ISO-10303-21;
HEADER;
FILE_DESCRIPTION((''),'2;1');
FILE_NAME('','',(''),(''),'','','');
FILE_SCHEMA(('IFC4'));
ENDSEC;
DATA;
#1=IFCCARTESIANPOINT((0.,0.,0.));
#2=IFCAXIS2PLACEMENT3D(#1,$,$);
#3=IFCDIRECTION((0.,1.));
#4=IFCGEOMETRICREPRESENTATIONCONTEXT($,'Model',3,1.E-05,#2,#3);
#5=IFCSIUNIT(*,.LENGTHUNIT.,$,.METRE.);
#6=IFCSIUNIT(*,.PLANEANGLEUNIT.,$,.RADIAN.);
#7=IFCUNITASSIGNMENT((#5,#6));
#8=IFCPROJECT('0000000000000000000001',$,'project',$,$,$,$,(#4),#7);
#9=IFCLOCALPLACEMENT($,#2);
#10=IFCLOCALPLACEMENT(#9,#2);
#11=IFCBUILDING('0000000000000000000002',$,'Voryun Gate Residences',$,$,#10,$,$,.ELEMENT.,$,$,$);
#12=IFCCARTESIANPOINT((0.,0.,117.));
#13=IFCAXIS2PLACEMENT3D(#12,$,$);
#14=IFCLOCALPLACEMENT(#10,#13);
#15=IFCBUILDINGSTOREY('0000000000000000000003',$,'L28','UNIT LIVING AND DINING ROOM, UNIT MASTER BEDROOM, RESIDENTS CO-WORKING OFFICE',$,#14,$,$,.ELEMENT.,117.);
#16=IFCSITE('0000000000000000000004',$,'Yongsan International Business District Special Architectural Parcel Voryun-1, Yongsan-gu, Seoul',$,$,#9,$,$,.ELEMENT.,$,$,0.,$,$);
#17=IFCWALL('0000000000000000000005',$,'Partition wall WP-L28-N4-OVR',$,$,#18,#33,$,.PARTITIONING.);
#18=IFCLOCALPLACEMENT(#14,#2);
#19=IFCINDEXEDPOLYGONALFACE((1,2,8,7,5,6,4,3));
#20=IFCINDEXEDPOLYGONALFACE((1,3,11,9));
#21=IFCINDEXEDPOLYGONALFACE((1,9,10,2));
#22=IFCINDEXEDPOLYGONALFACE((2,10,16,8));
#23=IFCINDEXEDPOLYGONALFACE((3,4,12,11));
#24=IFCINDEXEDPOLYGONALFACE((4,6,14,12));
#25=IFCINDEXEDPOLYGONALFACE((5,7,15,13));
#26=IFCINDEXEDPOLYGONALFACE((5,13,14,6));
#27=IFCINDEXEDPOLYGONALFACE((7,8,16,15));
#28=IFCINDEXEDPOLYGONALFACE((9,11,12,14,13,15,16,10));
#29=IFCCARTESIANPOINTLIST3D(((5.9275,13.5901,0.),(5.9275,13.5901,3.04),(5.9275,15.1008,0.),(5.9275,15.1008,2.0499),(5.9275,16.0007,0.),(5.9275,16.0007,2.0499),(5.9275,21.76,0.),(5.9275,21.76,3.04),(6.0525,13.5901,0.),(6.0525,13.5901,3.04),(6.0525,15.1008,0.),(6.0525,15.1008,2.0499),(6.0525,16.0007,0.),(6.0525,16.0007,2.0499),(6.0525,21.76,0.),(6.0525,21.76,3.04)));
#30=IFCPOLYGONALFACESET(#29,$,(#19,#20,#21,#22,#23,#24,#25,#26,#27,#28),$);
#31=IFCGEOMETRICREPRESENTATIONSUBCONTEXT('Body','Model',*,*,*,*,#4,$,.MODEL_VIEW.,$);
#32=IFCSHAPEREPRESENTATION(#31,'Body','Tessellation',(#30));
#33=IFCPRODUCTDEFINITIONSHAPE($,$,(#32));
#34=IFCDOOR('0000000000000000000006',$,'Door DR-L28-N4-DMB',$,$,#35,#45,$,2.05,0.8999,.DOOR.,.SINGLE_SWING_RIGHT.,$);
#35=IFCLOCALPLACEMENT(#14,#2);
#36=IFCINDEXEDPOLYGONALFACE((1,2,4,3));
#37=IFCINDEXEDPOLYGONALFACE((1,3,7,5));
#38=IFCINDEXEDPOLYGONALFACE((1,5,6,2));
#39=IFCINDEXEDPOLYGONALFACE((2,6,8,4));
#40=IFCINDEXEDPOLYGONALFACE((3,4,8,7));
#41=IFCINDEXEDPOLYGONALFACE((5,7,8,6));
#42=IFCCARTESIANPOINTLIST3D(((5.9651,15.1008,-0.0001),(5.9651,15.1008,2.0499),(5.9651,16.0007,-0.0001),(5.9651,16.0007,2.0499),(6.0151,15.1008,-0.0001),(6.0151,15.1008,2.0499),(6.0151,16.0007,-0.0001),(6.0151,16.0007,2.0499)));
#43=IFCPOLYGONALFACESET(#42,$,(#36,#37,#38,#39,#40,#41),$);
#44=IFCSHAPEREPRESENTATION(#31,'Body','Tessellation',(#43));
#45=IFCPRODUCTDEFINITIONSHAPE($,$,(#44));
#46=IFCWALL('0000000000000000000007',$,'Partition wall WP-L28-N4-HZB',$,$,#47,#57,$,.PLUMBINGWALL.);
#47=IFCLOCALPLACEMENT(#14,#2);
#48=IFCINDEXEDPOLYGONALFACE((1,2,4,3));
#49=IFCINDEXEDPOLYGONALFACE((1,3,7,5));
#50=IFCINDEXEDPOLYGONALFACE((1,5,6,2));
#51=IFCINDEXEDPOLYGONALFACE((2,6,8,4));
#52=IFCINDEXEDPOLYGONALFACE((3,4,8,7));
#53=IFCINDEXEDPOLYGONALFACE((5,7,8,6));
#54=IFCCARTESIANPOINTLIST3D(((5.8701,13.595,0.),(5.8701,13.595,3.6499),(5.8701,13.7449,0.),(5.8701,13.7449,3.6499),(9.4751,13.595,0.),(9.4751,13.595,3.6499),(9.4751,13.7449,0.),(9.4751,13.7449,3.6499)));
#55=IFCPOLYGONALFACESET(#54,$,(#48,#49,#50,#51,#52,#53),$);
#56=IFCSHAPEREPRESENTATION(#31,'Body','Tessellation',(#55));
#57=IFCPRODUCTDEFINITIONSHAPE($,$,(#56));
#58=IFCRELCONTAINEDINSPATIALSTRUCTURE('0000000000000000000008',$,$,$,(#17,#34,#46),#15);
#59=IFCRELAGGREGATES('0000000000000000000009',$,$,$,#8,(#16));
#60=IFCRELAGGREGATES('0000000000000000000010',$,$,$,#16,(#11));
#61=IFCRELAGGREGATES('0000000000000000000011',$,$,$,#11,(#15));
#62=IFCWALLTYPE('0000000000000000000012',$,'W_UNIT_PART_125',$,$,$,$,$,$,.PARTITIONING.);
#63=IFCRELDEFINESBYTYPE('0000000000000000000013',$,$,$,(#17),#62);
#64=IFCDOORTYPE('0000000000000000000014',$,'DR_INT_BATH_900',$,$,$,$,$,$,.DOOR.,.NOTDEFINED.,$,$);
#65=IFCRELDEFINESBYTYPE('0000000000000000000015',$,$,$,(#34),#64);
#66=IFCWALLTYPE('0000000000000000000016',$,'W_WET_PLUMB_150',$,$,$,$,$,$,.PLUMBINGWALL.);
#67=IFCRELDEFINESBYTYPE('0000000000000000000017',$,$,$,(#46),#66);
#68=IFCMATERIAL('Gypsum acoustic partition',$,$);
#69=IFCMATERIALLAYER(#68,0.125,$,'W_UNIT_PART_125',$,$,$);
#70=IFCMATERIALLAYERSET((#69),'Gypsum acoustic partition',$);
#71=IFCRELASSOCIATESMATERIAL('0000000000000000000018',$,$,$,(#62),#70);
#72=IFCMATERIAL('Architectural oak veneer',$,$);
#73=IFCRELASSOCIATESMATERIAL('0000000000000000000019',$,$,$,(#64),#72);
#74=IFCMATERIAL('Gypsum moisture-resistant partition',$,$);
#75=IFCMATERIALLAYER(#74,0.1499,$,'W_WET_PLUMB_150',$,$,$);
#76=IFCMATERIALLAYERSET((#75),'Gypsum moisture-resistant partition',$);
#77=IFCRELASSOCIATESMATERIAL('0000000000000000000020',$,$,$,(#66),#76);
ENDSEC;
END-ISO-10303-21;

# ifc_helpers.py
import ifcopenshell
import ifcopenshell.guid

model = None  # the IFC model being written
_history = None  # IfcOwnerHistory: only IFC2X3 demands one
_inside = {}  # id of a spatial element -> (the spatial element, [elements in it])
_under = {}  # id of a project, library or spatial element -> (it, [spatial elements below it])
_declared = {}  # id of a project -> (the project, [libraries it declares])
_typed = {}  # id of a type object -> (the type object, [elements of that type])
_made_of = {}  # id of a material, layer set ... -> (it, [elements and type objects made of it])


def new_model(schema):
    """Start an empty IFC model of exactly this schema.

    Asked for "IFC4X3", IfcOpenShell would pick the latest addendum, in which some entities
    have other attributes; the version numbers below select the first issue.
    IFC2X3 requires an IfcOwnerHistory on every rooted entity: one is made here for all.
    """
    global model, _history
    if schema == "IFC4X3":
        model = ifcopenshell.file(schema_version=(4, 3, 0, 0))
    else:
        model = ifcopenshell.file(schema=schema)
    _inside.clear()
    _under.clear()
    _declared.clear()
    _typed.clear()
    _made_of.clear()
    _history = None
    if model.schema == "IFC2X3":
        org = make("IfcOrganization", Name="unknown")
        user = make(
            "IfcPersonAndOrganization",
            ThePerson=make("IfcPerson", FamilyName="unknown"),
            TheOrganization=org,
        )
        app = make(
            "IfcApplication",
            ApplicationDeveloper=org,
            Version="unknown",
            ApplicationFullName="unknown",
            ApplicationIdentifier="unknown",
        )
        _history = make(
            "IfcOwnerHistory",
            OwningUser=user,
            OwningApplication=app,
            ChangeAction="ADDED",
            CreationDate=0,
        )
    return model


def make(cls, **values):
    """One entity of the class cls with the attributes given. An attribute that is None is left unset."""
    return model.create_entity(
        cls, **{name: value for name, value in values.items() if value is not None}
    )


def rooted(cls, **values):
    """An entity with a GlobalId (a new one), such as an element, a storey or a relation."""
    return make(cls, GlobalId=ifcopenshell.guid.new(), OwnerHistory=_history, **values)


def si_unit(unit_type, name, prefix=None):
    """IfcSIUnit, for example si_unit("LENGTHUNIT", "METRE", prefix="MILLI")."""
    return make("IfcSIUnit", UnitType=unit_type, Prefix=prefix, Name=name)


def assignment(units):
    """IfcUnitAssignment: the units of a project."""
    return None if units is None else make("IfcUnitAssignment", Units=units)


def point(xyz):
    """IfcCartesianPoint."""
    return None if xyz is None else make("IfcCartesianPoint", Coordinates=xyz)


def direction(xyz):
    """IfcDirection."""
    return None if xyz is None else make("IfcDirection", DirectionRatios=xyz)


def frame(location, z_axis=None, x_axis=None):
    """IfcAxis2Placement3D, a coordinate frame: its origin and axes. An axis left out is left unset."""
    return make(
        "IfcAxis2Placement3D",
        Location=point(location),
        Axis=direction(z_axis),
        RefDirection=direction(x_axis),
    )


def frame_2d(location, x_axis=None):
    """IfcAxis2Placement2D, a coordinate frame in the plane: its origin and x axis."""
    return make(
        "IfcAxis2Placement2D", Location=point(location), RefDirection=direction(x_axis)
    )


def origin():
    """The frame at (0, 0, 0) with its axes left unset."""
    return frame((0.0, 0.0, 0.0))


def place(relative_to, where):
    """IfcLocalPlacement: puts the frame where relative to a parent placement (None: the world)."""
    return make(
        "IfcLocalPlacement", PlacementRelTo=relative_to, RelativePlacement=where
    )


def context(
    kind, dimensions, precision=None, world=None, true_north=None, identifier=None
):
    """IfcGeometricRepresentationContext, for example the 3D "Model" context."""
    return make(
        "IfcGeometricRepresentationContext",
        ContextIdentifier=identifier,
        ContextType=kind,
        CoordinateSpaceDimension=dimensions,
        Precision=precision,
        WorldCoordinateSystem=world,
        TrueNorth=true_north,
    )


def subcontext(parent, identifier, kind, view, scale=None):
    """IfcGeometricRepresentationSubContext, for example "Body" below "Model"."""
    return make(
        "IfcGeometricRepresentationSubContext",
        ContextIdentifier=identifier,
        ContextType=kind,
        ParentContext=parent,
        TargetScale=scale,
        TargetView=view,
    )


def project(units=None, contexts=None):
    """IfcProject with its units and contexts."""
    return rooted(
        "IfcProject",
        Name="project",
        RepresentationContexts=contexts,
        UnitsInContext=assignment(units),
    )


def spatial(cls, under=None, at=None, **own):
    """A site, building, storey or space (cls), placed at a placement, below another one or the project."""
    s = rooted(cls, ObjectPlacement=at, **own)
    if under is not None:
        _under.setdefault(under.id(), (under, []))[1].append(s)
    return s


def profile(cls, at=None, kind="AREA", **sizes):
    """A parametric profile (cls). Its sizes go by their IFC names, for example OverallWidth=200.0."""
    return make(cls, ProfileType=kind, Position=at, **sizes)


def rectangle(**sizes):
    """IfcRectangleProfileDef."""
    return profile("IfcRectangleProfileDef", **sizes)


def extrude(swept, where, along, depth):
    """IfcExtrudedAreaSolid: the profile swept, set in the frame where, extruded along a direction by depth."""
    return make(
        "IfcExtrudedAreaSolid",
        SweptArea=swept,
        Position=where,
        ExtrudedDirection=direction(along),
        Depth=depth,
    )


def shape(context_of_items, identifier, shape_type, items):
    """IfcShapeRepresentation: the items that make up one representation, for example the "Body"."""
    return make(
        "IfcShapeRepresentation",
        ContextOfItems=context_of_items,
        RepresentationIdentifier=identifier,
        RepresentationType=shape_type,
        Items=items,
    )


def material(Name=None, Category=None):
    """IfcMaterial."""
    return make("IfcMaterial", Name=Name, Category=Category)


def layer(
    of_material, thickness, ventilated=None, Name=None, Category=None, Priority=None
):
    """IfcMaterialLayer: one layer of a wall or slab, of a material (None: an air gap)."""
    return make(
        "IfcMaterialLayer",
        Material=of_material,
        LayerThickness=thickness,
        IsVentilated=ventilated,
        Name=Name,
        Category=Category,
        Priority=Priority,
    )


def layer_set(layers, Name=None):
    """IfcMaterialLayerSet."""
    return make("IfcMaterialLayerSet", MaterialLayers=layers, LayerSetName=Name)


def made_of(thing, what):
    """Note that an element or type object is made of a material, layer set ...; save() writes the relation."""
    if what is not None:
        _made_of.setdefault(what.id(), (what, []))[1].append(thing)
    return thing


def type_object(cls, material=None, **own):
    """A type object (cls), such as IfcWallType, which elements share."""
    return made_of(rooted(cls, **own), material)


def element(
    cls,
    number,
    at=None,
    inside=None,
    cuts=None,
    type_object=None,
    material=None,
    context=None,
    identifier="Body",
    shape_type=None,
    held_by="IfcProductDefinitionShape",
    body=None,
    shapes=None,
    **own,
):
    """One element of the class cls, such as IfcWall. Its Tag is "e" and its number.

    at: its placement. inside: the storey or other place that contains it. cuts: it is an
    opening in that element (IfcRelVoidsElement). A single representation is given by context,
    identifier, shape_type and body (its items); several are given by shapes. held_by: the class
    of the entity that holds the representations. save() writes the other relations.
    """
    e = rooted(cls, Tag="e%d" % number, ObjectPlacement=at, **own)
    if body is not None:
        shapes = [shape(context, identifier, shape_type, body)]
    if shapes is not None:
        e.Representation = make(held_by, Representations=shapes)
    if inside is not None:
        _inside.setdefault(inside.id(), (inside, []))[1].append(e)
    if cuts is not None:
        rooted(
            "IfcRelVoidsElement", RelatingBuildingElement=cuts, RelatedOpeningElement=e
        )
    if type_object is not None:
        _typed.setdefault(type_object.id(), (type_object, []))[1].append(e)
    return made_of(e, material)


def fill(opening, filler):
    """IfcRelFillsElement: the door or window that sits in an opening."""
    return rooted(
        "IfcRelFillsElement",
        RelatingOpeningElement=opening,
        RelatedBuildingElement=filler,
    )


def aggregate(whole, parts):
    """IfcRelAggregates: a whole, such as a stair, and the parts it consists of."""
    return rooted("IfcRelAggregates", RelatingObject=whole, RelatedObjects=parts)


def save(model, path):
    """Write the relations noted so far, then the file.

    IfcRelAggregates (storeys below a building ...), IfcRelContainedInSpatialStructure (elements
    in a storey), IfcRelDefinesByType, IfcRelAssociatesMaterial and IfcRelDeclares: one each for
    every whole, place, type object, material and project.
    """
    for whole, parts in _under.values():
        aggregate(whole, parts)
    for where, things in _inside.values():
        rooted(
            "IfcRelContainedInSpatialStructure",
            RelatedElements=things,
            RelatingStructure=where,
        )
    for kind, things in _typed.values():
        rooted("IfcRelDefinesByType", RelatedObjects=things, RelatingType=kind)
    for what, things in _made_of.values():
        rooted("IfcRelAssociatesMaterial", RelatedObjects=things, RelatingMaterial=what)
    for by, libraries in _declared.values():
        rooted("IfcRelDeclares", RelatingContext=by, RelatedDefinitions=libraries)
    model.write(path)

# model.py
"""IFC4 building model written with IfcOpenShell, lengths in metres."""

from ifc_helpers import new_model, si_unit, direction, frame, frame_2d, origin, place, context, subcontext, project, spatial, rectangle, extrude, material, layer, layer_set, type_object, element, fill, save


model = new_model("IFC4")

# Units and contexts
model_context = context("Model", 3, precision=1e-05, world=origin(), true_north=direction((0.0, 1.0)))
body_context = subcontext(model_context, "Body", "Model", "MODEL_VIEW")
ifc_project = project(units=[si_unit("LENGTHUNIT", "METRE"), si_unit("PLANEANGLEUNIT", "RADIAN")], contexts=[model_context])

# Site, building, storey
site_placement = place(None, origin())
site = spatial("IfcSite", under=ifc_project, at=site_placement, Name="Yongsan International Business District Special Architectural Parcel Voryun-1, Yongsan-gu, Seoul", CompositionType="ELEMENT", RefElevation=0.0)
building_placement = place(site_placement, origin())
building = spatial("IfcBuilding", under=site, at=building_placement, Name="Voryun Gate Residences", CompositionType="ELEMENT")
storey_placement = place(building_placement, frame((0.0, 0.0, 117.0)))
storey = spatial("IfcBuildingStorey", under=building, at=storey_placement, Name="L28", Description="UNIT LIVING AND DINING ROOM, UNIT MASTER BEDROOM, RESIDENTS CO-WORKING OFFICE", CompositionType="ELEMENT", Elevation=117.0)

# Wall, opening, door
ifc_material_1 = material(Name="Gypsum acoustic partition")
ifc_layer_1 = layer(ifc_material_1, 0.125, Name="W_UNIT_PART_125")
ifc_layer_set_1 = layer_set([ifc_layer_1], Name="Gypsum acoustic partition")
wall_type_1 = type_object("IfcWallType", Name="W_UNIT_PART_125", PredefinedType="PARTITIONING", material=ifc_layer_set_1)
wall_1_placement = place(storey_placement, frame((5.99, 13.5901, 0.0), z_axis=(0.0, 0.0, 1.0), x_axis=(0.0, 1.0, 0.0)))
wall_1 = element("IfcWall", 1, at=wall_1_placement, inside=storey, type_object=wall_type_1, Name="Partition wall WP-L28-N4-OVR", PredefinedType="PARTITIONING", context=body_context, shape_type="SweptSolid", body=[
    extrude(rectangle(XDim=8.1699, YDim=0.125, at=frame_2d((4.085, 0.0))), origin(), (0.0, 0.0, 1.0), 3.04),
])
opening_placement = place(wall_1_placement, frame((1.5107, 0.0, 0.0)))
opening = element("IfcOpeningElement", 2, at=opening_placement, cuts=wall_1, PredefinedType="OPENING", context=body_context, shape_type="SweptSolid", body=[
    extrude(rectangle(XDim=0.8999, YDim=2.05, at=frame_2d((0.45, 1.0249))), frame((0.0, 0.0725, 0.0), z_axis=(0.0, -1.0, 0.0), x_axis=(1.0, 0.0, 0.0)), (0.0, 0.0, 1.0), 0.145),
])
ifc_material_2 = material(Name="Architectural oak veneer")
door_type = type_object("IfcDoorType", Name="DR_INT_BATH_900", OperationType="NOTDEFINED", PredefinedType="DOOR", material=ifc_material_2)
door_placement = place(opening_placement, origin())
door = element("IfcDoor", 3, at=door_placement, inside=storey, type_object=door_type, Name="Door DR-L28-N4-DMB", OperationType="SINGLE_SWING_RIGHT", OverallHeight=2.05, OverallWidth=0.8999, PredefinedType="DOOR", context=body_context, shape_type="SweptSolid", body=[
    extrude(rectangle(XDim=0.8999, YDim=2.05, at=frame_2d((0.45, 1.0249))), frame((0.0, 0.0249, 0.0), z_axis=(0.0, -1.0, 0.0), x_axis=(1.0, 0.0, 0.0)), (0.0, 0.0, 1.0), 0.05),
])
fill(opening, door)

# Wall
ifc_material_3 = material(Name="Gypsum moisture-resistant partition")
ifc_layer_2 = layer(ifc_material_3, 0.1499, Name="W_WET_PLUMB_150")
ifc_layer_set_2 = layer_set([ifc_layer_2], Name="Gypsum moisture-resistant partition")
wall_type_2 = type_object("IfcWallType", Name="W_WET_PLUMB_150", PredefinedType="PLUMBINGWALL", material=ifc_layer_set_2)
wall_2_placement = place(storey_placement, frame((5.8701, 13.6699, 0.0), z_axis=(0.0, 0.0, 1.0), x_axis=(1.0, 0.0, 0.0)))
element("IfcWall", 4, at=wall_2_placement, inside=storey, type_object=wall_type_2, Name="Partition wall WP-L28-N4-HZB", PredefinedType="PLUMBINGWALL", context=body_context, shape_type="SweptSolid", body=[
    extrude(rectangle(XDim=3.605, YDim=0.1499, at=frame_2d((1.8025, 0.0))), origin(), (0.0, 0.0, 1.0), 3.6499),
])

save(model, "model.ifc")
